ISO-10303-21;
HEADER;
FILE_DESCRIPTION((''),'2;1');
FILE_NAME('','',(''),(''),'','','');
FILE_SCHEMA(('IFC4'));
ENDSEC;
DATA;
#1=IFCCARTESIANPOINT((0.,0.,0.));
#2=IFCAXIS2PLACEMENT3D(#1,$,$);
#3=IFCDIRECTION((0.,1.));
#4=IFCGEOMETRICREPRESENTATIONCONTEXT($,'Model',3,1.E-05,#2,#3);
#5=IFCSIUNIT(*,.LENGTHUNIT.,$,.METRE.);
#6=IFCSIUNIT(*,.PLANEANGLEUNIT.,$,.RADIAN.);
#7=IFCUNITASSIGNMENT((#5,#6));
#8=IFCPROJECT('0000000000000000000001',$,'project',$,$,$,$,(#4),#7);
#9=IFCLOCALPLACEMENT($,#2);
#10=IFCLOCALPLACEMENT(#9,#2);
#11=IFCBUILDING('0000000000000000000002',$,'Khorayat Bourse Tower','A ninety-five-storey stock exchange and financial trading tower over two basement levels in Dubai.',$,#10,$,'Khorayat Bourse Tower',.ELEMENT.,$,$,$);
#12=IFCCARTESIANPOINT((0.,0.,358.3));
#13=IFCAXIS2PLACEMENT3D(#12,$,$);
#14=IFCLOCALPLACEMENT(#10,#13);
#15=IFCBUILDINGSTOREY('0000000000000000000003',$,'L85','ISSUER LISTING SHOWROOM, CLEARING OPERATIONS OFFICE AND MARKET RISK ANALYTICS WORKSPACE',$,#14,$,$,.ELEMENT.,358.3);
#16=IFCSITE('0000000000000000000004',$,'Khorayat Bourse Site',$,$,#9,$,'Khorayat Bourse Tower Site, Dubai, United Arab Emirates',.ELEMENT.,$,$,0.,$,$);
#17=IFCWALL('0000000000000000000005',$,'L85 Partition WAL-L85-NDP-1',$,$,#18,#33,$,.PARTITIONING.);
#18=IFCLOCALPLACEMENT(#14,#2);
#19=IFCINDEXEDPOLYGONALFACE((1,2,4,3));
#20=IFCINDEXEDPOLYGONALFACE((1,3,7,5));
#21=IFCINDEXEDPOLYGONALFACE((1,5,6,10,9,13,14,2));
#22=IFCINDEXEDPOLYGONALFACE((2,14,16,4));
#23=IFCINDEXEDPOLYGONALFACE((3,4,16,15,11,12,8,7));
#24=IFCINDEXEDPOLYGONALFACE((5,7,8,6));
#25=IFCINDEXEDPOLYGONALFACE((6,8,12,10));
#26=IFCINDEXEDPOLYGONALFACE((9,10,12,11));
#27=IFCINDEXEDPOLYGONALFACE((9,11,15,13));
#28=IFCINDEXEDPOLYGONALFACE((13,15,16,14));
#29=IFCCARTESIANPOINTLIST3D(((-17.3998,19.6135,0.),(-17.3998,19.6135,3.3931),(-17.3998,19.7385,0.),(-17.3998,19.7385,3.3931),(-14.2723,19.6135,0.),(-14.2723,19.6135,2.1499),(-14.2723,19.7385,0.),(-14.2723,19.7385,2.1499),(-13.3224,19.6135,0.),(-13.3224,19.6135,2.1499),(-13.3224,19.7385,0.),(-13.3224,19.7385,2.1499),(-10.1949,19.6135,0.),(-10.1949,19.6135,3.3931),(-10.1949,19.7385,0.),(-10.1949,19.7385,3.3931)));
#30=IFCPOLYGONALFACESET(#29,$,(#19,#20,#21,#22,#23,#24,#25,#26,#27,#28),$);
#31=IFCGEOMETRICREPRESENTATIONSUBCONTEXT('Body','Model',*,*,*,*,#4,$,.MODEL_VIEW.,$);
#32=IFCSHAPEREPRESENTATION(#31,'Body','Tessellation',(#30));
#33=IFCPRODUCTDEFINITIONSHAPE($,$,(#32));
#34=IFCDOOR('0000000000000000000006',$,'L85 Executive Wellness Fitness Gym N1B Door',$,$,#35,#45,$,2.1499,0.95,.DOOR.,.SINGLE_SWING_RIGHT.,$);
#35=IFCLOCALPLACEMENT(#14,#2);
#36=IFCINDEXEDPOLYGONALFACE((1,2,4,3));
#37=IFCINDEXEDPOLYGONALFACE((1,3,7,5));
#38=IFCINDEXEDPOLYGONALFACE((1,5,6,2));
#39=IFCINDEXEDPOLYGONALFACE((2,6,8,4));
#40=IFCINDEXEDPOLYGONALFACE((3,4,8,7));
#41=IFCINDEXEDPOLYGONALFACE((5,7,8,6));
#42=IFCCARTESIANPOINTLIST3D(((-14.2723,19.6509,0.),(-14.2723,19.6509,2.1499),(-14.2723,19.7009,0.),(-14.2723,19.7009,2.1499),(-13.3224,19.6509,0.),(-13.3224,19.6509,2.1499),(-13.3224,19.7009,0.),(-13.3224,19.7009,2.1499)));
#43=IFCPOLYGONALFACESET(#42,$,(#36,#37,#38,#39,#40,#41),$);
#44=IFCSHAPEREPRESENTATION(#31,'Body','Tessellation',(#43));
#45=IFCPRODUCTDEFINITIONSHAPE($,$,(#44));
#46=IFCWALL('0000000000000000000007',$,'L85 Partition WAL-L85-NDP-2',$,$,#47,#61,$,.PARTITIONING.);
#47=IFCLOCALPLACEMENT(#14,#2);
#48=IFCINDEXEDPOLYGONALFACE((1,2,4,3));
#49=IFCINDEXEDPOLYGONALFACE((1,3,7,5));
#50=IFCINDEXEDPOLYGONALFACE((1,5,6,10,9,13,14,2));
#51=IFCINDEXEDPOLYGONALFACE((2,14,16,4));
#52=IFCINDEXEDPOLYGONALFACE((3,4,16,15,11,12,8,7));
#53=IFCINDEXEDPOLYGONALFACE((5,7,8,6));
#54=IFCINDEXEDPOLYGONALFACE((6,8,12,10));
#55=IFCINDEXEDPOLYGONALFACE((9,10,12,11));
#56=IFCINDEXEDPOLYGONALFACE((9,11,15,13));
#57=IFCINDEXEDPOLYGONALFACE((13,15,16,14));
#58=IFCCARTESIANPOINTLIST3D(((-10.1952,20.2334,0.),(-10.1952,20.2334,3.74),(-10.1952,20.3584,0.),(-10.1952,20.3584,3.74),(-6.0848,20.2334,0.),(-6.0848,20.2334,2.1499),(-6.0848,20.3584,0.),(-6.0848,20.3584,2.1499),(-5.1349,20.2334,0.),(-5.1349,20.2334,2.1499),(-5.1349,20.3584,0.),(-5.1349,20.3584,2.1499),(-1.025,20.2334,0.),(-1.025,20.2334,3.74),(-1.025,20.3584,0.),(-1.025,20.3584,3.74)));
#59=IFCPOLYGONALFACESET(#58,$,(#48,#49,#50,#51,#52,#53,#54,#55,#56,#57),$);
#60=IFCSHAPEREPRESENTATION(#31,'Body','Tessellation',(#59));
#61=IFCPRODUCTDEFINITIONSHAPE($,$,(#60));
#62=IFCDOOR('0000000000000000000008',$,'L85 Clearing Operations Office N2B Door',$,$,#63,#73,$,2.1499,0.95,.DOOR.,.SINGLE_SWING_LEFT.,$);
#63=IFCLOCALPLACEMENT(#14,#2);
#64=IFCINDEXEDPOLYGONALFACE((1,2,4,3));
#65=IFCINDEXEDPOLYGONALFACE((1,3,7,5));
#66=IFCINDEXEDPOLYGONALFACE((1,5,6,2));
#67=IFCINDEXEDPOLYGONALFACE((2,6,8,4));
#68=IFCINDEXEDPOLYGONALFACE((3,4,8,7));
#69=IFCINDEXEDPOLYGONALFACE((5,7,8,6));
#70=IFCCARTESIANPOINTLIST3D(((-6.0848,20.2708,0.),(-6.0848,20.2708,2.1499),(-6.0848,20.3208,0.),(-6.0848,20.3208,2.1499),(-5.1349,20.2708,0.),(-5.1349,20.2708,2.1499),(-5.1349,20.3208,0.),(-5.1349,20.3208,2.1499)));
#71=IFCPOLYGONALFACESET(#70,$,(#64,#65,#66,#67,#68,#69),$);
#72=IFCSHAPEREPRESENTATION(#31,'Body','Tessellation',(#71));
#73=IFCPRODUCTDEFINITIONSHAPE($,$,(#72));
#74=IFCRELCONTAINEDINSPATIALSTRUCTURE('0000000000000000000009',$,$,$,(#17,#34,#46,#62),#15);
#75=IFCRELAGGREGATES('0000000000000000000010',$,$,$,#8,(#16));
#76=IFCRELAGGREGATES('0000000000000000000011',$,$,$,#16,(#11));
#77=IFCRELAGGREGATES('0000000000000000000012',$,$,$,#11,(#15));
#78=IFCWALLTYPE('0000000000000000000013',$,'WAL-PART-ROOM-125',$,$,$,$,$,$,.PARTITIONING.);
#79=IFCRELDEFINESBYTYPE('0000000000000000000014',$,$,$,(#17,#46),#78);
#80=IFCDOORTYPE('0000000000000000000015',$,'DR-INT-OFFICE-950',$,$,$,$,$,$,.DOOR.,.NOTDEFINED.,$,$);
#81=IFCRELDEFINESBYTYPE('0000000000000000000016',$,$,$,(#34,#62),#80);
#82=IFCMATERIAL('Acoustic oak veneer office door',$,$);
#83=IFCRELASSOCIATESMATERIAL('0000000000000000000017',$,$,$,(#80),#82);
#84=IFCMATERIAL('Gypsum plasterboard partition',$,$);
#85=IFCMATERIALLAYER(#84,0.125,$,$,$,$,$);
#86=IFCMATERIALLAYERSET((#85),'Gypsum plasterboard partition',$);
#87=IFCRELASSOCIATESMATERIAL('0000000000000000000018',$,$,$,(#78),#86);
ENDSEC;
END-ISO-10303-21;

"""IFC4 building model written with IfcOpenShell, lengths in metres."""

from ifc_helpers import new_model, si_unit, direction, frame, frame_2d, origin, place, context, subcontext, project, spatial, rectangle, extrude, source, transform, mapped, material, layer, layer_set, type_object, element, fill, save


model = new_model("IFC4")

# Units and contexts
model_context = context("Model", 3, precision=1e-05, world=origin(), true_north=direction((0.0, 1.0)))
body_context = subcontext(model_context, "Body", "Model", "MODEL_VIEW")
ifc_project = project(units=[si_unit("LENGTHUNIT", "METRE"), si_unit("PLANEANGLEUNIT", "RADIAN")], contexts=[model_context])

# Site, building, storey
site_placement = place(None, origin())
site = spatial("IfcSite", under=ifc_project, at=site_placement, Name="Khorayat Bourse Site", LongName="Khorayat Bourse Tower Site, Dubai, United Arab Emirates", CompositionType="ELEMENT", RefElevation=0.0)
building_placement = place(site_placement, origin())
building = spatial("IfcBuilding", under=site, at=building_placement, Name="Khorayat Bourse Tower", Description="A ninety-five-storey stock exchange and financial trading tower over two basement levels in Dubai.", LongName="Khorayat Bourse Tower", CompositionType="ELEMENT")
storey_placement = place(building_placement, frame((0.0, 0.0, 358.3)))
storey = spatial("IfcBuildingStorey", under=building, at=storey_placement, Name="L85", Description="ISSUER LISTING SHOWROOM, CLEARING OPERATIONS OFFICE AND MARKET RISK ANALYTICS WORKSPACE", CompositionType="ELEMENT", Elevation=358.3)

# Walls, openings, doors
ifc_material_1 = material(Name="Acoustic oak veneer office door")
door_type = type_object("IfcDoorType", Name="DR-INT-OFFICE-950", OperationType="NOTDEFINED", PredefinedType="DOOR", material=ifc_material_1)
shared_shape_1 = source(origin(), body_context, "Body", "SweptSolid", [
    extrude(rectangle(XDim=0.95, YDim=2.1499, at=frame_2d((0.4751, 1.075))), frame((0.0, 0.0249, 0.0), z_axis=(0.0, -1.0, 0.0), x_axis=(1.0, 0.0, 0.0)), (0.0, 0.0, 1.0), 0.05),
])
ifc_material_2 = material(Name="Gypsum plasterboard partition")
ifc_layer_1 = layer(ifc_material_2, 0.125)
ifc_layer_set_1 = layer_set([ifc_layer_1], Name="Gypsum plasterboard partition")
wall_type_1 = type_object("IfcWallType", Name="WAL-PART-ROOM-125", PredefinedType="PARTITIONING", material=ifc_layer_set_1)
shared_shape_2 = source(origin(), body_context, "Body", "SweptSolid", [
    extrude(rectangle(XDim=7.2048, YDim=0.125, at=frame_2d((3.6025, 0.0))), origin(), (0.0, 0.0, 1.0), 3.3931),
])
wall_1_placement = place(storey_placement, frame((-17.3999, 19.676, 0.0), z_axis=(0.0, 0.0, 1.0), x_axis=(1.0, 0.0, 0.0)))
wall_1 = element("IfcWall", 1, at=wall_1_placement, inside=storey, type_object=wall_type_1, Name="L85 Partition WAL-L85-NDP-1", PredefinedType="PARTITIONING", context=body_context, shape_type="MappedRepresentation", body=[
    mapped(shared_shape_2, transform((0.0, 0.0, 0.0), scale=1.0)),
])
shared_shape_3 = source(origin(), body_context, "Body", "SweptSolid", [
    extrude(rectangle(XDim=0.95, YDim=2.1499, at=frame_2d((0.4751, 1.075))), frame((0.0, 0.0725, 0.0), z_axis=(0.0, -1.0, 0.0), x_axis=(1.0, 0.0, 0.0)), (0.0, 0.0, 1.0), 0.145),
])
opening_1_placement = place(wall_1_placement, frame((3.1274, 0.0, 0.0)))
opening_1 = element("IfcOpeningElement", 2, at=opening_1_placement, cuts=wall_1, PredefinedType="OPENING", context=body_context, shape_type="MappedRepresentation", body=[
    mapped(shared_shape_3, transform((0.0, 0.0, 0.0), scale=1.0)),
])
door_1_placement = place(opening_1_placement, origin())
door_1 = element("IfcDoor", 3, at=door_1_placement, inside=storey, type_object=door_type, Name="L85 Executive Wellness Fitness Gym N1B Door", OperationType="SINGLE_SWING_RIGHT", OverallHeight=2.1499, OverallWidth=0.95, PredefinedType="DOOR", context=body_context, shape_type="MappedRepresentation", body=[
    mapped(shared_shape_1, transform((0.0, 0.0, 0.0), scale=1.0)),
])
fill(opening_1, door_1)
shared_shape_4 = source(origin(), body_context, "Body", "SweptSolid", [
    extrude(rectangle(XDim=9.1702, YDim=0.125, at=frame_2d((4.585, 0.0))), origin(), (0.0, 0.0, 1.0), 3.74),
])
wall_2_placement = place(storey_placement, frame((-10.1951, 20.2959, 0.0), z_axis=(0.0, 0.0, 1.0), x_axis=(1.0, 0.0, 0.0)))
wall_2 = element("IfcWall", 4, at=wall_2_placement, inside=storey, type_object=wall_type_1, Name="L85 Partition WAL-L85-NDP-2", PredefinedType="PARTITIONING", context=body_context, shape_type="MappedRepresentation", body=[
    mapped(shared_shape_4, transform((0.0, 0.0, 0.0), scale=1.0)),
])
opening_2_placement = place(wall_2_placement, frame((4.1101, 0.0, 0.0)))
opening_2 = element("IfcOpeningElement", 5, at=opening_2_placement, cuts=wall_2, PredefinedType="OPENING", context=body_context, shape_type="MappedRepresentation", body=[
    mapped(shared_shape_3, transform((0.0, 0.0, 0.0), scale=1.0)),
])
door_2_placement = place(opening_2_placement, origin())
door_2 = element("IfcDoor", 6, at=door_2_placement, inside=storey, type_object=door_type, Name="L85 Clearing Operations Office N2B Door", OperationType="SINGLE_SWING_LEFT", OverallHeight=2.1499, OverallWidth=0.95, PredefinedType="DOOR", context=body_context, shape_type="MappedRepresentation", body=[
    mapped(shared_shape_1, transform((0.0, 0.0, 0.0), scale=1.0)),
])
fill(opening_2, door_2)

save(model, "model.ifc")
